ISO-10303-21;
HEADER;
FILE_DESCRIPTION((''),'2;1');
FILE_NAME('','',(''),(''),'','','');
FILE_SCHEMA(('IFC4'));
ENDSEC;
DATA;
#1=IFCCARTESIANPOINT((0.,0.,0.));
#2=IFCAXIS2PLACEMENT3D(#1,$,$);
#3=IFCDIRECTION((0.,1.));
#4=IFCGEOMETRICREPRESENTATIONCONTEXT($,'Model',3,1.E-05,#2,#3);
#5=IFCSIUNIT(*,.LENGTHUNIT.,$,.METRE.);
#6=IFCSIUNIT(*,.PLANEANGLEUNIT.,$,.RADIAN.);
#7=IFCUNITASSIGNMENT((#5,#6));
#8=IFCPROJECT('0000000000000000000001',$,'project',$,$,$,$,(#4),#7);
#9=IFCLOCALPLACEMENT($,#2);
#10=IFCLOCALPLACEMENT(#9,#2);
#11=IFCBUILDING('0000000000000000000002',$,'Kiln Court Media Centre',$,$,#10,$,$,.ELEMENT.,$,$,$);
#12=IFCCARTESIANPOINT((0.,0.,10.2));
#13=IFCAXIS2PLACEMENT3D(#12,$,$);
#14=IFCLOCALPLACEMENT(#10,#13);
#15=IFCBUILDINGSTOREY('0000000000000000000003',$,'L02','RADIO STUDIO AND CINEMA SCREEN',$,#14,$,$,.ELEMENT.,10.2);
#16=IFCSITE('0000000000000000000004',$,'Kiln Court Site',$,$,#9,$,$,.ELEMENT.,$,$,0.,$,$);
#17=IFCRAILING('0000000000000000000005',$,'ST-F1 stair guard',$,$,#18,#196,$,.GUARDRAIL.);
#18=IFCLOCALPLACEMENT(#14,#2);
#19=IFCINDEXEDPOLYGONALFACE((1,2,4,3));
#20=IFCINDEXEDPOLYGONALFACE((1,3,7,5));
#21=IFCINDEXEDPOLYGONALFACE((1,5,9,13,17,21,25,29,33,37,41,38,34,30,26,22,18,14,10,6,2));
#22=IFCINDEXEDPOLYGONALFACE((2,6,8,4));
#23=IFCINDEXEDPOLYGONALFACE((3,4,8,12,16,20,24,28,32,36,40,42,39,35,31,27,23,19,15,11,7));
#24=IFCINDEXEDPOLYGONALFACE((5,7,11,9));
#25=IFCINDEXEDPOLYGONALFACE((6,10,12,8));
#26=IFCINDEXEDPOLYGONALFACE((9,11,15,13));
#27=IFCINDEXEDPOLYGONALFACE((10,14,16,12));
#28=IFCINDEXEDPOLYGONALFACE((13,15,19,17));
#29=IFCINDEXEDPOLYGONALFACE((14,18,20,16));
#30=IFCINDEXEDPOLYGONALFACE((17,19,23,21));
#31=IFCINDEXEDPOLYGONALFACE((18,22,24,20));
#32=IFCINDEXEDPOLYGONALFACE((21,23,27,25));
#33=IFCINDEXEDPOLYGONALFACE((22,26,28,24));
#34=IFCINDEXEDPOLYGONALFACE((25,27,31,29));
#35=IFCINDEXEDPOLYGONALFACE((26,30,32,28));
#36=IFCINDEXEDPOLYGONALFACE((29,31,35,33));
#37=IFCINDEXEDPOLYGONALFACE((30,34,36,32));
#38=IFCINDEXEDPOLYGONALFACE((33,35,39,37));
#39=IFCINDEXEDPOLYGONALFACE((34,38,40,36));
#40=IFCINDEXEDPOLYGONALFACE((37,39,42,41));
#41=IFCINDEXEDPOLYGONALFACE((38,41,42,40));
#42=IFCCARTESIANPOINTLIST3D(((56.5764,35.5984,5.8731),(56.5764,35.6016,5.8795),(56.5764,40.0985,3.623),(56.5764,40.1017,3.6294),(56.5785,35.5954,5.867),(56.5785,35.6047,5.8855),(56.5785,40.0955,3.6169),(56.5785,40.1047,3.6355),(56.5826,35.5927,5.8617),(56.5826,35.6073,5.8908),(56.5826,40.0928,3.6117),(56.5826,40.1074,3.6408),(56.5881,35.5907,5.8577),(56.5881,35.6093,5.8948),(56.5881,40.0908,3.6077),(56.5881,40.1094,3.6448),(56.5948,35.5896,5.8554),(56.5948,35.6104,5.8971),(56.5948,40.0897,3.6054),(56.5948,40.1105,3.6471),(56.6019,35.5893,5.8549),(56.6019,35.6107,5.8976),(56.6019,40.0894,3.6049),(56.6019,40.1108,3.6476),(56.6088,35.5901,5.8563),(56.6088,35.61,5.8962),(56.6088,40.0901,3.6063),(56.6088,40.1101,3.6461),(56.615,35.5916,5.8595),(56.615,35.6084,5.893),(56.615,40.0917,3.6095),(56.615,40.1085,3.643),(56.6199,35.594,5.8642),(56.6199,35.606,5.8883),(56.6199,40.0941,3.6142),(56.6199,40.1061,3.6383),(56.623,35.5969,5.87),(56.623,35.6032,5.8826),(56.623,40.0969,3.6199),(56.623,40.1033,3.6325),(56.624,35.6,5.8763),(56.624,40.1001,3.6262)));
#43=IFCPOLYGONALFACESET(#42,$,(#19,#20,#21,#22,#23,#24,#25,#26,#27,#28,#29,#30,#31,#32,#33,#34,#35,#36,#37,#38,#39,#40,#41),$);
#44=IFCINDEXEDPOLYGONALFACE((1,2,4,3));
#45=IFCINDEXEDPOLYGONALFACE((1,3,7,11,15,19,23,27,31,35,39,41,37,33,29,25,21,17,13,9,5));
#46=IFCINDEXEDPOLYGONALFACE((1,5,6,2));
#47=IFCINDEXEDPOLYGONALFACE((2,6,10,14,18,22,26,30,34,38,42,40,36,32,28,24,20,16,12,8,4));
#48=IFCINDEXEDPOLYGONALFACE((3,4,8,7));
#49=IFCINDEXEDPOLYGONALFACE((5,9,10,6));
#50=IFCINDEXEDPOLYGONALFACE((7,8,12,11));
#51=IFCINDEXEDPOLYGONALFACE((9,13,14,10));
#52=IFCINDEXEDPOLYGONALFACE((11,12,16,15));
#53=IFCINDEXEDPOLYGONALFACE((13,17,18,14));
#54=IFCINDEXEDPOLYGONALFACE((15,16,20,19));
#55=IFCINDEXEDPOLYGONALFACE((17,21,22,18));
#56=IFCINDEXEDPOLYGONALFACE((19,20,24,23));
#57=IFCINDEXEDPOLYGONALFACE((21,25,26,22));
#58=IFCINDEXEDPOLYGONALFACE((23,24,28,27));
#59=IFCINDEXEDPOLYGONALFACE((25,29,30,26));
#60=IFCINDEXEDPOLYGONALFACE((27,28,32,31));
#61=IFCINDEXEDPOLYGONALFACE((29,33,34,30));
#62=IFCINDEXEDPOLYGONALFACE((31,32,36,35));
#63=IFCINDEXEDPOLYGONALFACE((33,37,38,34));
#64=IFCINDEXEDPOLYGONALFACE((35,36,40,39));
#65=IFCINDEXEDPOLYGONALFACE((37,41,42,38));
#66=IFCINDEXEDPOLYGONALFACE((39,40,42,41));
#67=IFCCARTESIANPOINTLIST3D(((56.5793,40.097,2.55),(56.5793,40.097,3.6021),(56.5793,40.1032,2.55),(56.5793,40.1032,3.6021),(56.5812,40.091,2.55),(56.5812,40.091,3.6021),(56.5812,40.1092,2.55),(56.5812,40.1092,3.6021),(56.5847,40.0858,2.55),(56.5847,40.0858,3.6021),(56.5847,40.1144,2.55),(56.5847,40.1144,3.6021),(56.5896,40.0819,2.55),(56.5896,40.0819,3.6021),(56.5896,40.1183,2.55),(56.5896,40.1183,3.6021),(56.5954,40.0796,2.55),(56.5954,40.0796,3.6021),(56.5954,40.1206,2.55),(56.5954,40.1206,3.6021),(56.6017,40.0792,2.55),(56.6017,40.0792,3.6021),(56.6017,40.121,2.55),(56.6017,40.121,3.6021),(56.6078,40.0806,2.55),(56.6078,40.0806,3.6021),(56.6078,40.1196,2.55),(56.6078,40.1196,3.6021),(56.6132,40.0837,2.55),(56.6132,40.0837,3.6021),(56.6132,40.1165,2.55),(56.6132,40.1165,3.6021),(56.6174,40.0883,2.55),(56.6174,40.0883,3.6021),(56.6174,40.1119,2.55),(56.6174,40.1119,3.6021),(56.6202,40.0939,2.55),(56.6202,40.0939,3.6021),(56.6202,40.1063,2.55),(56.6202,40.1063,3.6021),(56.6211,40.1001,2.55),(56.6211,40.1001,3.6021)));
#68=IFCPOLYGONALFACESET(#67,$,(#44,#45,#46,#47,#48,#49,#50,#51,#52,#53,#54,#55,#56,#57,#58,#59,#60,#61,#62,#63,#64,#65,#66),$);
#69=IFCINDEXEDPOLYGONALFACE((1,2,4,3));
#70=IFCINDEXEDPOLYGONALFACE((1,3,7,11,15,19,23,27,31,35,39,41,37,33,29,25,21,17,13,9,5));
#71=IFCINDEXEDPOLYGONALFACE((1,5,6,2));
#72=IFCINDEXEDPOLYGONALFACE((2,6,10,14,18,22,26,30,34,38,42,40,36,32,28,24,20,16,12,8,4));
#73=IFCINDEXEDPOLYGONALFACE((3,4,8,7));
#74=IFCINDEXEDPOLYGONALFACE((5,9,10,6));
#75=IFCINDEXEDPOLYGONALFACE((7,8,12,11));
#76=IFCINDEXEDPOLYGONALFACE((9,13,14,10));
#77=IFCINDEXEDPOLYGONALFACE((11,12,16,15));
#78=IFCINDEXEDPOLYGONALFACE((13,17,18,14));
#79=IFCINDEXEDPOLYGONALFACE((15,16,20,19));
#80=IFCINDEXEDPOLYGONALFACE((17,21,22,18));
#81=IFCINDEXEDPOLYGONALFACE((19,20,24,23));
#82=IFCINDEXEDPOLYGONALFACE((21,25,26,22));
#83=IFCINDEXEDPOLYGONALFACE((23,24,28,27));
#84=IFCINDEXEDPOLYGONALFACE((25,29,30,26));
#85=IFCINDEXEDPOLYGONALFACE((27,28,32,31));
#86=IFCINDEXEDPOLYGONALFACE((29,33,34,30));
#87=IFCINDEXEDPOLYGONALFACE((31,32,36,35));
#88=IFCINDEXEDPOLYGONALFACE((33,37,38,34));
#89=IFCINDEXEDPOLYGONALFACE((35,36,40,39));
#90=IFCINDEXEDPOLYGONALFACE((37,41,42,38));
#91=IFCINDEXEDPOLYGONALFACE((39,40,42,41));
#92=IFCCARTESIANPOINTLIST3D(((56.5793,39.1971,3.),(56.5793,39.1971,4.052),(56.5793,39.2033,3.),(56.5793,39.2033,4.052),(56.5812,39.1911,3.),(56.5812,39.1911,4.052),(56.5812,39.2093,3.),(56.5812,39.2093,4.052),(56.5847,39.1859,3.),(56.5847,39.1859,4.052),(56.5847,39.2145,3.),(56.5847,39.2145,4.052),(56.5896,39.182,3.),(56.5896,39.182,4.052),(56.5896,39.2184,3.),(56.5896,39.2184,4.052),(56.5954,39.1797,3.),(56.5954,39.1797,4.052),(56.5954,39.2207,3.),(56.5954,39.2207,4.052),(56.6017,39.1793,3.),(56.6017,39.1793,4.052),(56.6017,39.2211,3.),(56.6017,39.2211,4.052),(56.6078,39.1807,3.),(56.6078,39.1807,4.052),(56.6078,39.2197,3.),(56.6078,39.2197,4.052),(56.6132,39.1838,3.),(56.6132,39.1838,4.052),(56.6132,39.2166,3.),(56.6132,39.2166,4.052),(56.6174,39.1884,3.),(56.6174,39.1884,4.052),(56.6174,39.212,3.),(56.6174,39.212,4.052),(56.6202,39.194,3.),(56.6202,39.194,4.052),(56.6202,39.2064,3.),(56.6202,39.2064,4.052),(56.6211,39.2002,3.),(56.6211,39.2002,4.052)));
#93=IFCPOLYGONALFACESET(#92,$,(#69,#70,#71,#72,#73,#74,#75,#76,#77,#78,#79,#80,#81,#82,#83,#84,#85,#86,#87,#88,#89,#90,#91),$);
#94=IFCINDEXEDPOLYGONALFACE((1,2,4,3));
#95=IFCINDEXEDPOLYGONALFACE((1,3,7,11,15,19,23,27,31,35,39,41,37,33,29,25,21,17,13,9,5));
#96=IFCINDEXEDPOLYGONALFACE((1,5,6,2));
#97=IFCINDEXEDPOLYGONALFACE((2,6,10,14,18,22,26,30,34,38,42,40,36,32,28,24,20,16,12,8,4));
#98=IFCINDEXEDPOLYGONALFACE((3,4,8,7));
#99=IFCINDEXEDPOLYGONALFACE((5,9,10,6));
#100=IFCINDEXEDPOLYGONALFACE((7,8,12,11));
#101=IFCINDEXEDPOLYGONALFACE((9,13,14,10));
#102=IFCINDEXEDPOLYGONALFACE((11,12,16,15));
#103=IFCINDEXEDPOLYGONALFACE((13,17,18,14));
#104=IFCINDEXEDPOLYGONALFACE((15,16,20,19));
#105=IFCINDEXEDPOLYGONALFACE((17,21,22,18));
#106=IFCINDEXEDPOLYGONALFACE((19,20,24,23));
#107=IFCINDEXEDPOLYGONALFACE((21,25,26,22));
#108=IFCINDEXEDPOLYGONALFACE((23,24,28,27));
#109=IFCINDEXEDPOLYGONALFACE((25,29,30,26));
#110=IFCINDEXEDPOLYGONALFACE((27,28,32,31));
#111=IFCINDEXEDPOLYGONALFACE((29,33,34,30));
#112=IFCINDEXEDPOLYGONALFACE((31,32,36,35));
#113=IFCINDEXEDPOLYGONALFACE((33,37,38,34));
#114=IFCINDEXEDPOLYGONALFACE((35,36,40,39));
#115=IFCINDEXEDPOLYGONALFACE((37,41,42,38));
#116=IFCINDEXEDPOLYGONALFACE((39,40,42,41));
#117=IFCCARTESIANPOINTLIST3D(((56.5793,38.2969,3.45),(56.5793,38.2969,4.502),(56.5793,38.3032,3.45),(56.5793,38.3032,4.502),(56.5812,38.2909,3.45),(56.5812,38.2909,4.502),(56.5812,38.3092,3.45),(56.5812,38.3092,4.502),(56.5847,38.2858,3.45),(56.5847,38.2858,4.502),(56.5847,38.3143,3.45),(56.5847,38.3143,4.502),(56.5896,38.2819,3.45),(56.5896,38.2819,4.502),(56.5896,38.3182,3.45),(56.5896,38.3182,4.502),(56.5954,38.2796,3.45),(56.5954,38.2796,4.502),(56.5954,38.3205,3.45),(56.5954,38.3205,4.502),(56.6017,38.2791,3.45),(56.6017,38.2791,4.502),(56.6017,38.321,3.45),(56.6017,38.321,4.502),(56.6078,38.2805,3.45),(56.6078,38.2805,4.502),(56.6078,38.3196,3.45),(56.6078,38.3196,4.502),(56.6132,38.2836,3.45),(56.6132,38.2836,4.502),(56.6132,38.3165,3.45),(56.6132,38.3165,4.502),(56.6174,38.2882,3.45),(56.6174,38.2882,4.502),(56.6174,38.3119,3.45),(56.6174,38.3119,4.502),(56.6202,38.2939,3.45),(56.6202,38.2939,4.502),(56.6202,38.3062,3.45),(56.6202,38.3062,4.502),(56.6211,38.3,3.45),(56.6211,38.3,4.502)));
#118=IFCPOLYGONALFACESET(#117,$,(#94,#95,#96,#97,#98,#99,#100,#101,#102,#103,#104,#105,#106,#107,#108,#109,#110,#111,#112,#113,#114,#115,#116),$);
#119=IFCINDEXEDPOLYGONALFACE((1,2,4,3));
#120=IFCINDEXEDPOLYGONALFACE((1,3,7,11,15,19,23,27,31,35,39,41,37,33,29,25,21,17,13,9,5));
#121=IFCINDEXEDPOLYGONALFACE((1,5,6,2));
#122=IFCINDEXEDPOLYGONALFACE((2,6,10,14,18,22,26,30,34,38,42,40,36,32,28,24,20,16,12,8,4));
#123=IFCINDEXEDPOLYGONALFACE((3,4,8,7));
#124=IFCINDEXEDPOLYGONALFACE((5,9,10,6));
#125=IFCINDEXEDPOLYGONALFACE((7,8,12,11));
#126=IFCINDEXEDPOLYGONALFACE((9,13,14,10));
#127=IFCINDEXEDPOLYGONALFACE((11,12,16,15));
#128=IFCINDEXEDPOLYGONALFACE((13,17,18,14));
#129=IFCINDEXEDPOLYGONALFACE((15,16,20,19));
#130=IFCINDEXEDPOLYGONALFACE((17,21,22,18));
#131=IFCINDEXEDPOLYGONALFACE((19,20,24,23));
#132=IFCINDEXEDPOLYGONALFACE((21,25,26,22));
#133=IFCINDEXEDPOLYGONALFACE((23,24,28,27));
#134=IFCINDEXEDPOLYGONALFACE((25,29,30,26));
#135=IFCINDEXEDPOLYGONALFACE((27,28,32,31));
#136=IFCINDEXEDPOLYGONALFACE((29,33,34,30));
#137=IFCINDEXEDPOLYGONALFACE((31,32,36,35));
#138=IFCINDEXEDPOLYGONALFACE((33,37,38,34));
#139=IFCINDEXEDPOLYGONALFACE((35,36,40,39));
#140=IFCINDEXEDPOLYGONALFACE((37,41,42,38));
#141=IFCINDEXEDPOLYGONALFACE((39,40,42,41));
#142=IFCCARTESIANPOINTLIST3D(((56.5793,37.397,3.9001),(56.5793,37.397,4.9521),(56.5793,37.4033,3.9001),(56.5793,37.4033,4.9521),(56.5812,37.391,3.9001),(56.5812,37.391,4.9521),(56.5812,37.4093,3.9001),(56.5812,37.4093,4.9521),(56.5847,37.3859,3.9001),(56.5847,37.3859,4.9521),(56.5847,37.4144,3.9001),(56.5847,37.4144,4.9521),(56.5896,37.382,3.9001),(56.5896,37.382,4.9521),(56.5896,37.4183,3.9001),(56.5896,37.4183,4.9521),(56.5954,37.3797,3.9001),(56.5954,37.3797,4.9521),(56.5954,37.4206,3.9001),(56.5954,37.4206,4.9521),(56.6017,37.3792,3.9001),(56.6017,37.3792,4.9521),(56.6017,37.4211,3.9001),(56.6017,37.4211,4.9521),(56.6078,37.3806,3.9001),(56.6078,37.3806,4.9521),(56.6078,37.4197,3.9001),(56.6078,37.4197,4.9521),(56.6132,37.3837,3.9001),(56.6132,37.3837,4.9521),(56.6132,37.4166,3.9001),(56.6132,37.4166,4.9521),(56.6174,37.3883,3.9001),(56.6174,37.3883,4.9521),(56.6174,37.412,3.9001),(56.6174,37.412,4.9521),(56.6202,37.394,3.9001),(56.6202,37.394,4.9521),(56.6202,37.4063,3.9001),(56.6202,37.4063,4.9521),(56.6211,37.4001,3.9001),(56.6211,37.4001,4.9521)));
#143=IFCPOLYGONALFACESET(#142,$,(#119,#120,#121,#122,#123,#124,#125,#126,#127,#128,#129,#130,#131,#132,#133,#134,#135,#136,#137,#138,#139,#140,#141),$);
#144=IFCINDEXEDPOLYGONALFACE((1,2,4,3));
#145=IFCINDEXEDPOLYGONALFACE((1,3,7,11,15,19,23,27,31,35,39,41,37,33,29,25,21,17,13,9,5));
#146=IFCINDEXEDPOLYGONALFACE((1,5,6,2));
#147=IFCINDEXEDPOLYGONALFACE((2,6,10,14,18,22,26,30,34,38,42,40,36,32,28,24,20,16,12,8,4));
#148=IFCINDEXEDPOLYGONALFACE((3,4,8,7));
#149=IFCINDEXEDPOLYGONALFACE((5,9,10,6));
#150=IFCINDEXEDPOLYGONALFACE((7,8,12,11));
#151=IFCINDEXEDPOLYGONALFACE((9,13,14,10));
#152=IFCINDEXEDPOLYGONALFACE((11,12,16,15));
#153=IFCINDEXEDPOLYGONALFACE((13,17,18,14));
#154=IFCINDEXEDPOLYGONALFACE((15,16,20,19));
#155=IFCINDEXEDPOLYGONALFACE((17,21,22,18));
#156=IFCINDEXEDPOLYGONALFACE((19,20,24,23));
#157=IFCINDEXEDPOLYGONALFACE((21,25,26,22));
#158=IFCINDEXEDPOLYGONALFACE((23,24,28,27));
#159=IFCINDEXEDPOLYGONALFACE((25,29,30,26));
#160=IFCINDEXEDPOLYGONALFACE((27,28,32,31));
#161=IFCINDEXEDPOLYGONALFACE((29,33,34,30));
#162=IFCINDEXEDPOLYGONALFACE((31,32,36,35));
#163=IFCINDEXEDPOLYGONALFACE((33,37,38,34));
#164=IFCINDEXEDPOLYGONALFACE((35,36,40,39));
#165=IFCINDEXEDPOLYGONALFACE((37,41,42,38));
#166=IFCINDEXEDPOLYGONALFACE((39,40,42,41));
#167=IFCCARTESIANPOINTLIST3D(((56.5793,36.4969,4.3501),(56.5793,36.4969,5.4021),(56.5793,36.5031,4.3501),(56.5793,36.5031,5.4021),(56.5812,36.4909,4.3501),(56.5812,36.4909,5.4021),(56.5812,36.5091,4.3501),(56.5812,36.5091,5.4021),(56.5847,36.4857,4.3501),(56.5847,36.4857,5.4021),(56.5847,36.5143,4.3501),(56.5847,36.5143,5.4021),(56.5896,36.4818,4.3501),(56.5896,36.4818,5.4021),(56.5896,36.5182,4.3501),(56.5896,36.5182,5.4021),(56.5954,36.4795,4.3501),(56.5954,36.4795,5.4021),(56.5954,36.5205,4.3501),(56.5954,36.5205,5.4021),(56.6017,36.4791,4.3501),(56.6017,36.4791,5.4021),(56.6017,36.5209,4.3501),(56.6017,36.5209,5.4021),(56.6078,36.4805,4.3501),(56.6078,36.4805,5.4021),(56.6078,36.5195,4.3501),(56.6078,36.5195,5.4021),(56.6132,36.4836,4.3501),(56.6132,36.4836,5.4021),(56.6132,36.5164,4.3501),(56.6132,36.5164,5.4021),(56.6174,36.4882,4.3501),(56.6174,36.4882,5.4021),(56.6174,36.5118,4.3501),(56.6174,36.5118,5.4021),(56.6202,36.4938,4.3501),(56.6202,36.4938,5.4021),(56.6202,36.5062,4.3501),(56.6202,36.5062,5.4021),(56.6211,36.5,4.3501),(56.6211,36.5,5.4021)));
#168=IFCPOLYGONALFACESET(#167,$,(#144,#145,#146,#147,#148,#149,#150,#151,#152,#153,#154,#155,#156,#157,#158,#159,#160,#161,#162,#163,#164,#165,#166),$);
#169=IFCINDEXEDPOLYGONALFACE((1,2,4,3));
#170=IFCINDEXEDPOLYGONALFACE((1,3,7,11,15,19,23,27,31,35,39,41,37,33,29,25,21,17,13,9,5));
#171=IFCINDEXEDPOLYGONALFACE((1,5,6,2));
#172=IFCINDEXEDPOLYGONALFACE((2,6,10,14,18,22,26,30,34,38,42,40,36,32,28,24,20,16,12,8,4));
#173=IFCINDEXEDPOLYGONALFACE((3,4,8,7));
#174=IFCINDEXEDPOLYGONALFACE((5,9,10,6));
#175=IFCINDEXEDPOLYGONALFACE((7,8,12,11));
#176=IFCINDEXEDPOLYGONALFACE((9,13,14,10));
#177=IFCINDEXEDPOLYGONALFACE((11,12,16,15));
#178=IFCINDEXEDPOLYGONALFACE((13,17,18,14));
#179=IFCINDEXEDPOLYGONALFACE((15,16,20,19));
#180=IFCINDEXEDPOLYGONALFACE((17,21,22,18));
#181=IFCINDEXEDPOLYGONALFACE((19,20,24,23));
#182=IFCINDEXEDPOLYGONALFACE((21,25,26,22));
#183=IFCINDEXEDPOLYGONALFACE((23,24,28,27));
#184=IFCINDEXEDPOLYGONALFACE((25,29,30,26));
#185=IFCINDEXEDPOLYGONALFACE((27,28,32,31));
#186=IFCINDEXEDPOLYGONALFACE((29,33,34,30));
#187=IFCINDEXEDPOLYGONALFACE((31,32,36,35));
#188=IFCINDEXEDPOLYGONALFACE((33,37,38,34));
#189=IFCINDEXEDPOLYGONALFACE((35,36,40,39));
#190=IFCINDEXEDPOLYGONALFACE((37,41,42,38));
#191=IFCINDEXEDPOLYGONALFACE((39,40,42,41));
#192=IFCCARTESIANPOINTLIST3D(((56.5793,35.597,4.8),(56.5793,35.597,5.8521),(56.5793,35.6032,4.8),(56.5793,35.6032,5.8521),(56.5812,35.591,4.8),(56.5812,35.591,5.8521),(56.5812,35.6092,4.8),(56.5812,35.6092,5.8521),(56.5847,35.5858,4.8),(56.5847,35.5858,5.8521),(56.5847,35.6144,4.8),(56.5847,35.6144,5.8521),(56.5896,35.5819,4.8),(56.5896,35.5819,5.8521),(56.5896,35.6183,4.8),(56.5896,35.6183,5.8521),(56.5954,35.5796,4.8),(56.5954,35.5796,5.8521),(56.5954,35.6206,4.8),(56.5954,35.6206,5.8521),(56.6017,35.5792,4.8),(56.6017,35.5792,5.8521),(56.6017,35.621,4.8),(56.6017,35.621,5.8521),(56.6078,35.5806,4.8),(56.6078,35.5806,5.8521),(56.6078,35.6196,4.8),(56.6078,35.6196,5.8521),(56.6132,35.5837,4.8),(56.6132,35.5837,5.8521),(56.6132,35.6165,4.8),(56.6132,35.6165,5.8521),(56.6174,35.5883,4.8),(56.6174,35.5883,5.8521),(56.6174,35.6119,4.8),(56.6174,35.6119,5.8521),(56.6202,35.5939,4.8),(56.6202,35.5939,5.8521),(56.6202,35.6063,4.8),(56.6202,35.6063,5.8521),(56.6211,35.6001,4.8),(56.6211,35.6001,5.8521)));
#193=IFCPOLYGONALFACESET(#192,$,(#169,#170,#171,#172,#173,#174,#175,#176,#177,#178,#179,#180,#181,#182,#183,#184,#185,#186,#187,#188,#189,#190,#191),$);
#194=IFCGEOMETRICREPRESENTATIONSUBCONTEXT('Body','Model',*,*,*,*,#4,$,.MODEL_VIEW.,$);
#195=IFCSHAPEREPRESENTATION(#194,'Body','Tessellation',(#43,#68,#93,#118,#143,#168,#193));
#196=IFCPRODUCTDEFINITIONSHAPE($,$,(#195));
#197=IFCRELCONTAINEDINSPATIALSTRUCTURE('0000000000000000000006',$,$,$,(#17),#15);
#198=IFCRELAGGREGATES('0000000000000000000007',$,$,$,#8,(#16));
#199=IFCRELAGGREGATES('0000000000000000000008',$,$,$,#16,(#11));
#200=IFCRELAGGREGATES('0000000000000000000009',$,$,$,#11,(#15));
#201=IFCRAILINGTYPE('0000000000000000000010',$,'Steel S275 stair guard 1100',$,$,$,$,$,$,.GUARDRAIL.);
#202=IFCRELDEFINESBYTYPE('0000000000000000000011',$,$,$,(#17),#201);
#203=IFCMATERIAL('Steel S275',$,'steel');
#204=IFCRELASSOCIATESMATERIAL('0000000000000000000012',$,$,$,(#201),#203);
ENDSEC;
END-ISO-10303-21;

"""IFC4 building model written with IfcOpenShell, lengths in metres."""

from ifc_helpers import new_model, si_unit, direction, frame, origin, origin_2d, place, context, subcontext, project, spatial, circle, extrude, material, type_object, element, save


model = new_model("IFC4")

# Units and contexts
model_context = context("Model", 3, precision=1e-05, world=origin(), true_north=direction((0.0, 1.0)))
body_context = subcontext(model_context, "Body", "Model", "MODEL_VIEW")
ifc_project = project(units=[si_unit("LENGTHUNIT", "METRE"), si_unit("PLANEANGLEUNIT", "RADIAN")], contexts=[model_context])

# Site, building, storey
site_placement = place(None, origin())
site = spatial("IfcSite", under=ifc_project, at=site_placement, Name="Kiln Court Site", CompositionType="ELEMENT", RefElevation=0.0)
building_placement = place(site_placement, origin())
building = spatial("IfcBuilding", under=site, at=building_placement, Name="Kiln Court Media Centre", CompositionType="ELEMENT")
storey_placement = place(building_placement, frame((0.0, 0.0, 10.2)))
storey = spatial("IfcBuildingStorey", under=building, at=storey_placement, Name="L02", Description="RADIO STUDIO AND CINEMA SCREEN", CompositionType="ELEMENT", Elevation=10.2)

# Railing
ifc_material_1 = material(Name="Steel S275", Category="steel")
railing_type_1 = type_object("IfcRailingType", Name="Steel S275 stair guard 1100", PredefinedType="GUARDRAIL", material=ifc_material_1)
railing_1_placement = place(storey_placement, frame((56.6001, 40.1001, 2.55)))
element("IfcRailing", 1, at=railing_1_placement, inside=storey, type_object=railing_type_1, Name="ST-F1 stair guard", PredefinedType="GUARDRAIL", context=body_context, shape_type="SweptSolid", body=[
    extrude(circle(Radius=0.0239, at=origin_2d()), frame((0.0, 0.0, 1.0762), z_axis=(0.0, -0.894427, 0.447214), x_axis=(1.0, 0.0, 0.0)), (0.0, 0.0, 1.0), 5.0312),
    extrude(circle(Radius=0.021, at=origin_2d()), origin(), (0.0, 0.0, 1.0), 1.052),
    extrude(circle(Radius=0.021, at=origin_2d()), frame((0.0, -0.8999, 0.45)), (0.0, 0.0, 1.0), 1.052),
    extrude(circle(Radius=0.021, at=origin_2d()), frame((0.0, -1.8, 0.8999)), (0.0, 0.0, 1.0), 1.052),
    extrude(circle(Radius=0.021, at=origin_2d()), frame((0.0, -2.7, 1.3501)), (0.0, 0.0, 1.0), 1.052),
    extrude(circle(Radius=0.021, at=origin_2d()), frame((0.0, -3.6001, 1.8)), (0.0, 0.0, 1.0), 1.052),
    extrude(circle(Radius=0.021, at=origin_2d()), frame((0.0, -4.5, 2.25)), (0.0, 0.0, 1.0), 1.052),
])

save(model, "model.ifc")
